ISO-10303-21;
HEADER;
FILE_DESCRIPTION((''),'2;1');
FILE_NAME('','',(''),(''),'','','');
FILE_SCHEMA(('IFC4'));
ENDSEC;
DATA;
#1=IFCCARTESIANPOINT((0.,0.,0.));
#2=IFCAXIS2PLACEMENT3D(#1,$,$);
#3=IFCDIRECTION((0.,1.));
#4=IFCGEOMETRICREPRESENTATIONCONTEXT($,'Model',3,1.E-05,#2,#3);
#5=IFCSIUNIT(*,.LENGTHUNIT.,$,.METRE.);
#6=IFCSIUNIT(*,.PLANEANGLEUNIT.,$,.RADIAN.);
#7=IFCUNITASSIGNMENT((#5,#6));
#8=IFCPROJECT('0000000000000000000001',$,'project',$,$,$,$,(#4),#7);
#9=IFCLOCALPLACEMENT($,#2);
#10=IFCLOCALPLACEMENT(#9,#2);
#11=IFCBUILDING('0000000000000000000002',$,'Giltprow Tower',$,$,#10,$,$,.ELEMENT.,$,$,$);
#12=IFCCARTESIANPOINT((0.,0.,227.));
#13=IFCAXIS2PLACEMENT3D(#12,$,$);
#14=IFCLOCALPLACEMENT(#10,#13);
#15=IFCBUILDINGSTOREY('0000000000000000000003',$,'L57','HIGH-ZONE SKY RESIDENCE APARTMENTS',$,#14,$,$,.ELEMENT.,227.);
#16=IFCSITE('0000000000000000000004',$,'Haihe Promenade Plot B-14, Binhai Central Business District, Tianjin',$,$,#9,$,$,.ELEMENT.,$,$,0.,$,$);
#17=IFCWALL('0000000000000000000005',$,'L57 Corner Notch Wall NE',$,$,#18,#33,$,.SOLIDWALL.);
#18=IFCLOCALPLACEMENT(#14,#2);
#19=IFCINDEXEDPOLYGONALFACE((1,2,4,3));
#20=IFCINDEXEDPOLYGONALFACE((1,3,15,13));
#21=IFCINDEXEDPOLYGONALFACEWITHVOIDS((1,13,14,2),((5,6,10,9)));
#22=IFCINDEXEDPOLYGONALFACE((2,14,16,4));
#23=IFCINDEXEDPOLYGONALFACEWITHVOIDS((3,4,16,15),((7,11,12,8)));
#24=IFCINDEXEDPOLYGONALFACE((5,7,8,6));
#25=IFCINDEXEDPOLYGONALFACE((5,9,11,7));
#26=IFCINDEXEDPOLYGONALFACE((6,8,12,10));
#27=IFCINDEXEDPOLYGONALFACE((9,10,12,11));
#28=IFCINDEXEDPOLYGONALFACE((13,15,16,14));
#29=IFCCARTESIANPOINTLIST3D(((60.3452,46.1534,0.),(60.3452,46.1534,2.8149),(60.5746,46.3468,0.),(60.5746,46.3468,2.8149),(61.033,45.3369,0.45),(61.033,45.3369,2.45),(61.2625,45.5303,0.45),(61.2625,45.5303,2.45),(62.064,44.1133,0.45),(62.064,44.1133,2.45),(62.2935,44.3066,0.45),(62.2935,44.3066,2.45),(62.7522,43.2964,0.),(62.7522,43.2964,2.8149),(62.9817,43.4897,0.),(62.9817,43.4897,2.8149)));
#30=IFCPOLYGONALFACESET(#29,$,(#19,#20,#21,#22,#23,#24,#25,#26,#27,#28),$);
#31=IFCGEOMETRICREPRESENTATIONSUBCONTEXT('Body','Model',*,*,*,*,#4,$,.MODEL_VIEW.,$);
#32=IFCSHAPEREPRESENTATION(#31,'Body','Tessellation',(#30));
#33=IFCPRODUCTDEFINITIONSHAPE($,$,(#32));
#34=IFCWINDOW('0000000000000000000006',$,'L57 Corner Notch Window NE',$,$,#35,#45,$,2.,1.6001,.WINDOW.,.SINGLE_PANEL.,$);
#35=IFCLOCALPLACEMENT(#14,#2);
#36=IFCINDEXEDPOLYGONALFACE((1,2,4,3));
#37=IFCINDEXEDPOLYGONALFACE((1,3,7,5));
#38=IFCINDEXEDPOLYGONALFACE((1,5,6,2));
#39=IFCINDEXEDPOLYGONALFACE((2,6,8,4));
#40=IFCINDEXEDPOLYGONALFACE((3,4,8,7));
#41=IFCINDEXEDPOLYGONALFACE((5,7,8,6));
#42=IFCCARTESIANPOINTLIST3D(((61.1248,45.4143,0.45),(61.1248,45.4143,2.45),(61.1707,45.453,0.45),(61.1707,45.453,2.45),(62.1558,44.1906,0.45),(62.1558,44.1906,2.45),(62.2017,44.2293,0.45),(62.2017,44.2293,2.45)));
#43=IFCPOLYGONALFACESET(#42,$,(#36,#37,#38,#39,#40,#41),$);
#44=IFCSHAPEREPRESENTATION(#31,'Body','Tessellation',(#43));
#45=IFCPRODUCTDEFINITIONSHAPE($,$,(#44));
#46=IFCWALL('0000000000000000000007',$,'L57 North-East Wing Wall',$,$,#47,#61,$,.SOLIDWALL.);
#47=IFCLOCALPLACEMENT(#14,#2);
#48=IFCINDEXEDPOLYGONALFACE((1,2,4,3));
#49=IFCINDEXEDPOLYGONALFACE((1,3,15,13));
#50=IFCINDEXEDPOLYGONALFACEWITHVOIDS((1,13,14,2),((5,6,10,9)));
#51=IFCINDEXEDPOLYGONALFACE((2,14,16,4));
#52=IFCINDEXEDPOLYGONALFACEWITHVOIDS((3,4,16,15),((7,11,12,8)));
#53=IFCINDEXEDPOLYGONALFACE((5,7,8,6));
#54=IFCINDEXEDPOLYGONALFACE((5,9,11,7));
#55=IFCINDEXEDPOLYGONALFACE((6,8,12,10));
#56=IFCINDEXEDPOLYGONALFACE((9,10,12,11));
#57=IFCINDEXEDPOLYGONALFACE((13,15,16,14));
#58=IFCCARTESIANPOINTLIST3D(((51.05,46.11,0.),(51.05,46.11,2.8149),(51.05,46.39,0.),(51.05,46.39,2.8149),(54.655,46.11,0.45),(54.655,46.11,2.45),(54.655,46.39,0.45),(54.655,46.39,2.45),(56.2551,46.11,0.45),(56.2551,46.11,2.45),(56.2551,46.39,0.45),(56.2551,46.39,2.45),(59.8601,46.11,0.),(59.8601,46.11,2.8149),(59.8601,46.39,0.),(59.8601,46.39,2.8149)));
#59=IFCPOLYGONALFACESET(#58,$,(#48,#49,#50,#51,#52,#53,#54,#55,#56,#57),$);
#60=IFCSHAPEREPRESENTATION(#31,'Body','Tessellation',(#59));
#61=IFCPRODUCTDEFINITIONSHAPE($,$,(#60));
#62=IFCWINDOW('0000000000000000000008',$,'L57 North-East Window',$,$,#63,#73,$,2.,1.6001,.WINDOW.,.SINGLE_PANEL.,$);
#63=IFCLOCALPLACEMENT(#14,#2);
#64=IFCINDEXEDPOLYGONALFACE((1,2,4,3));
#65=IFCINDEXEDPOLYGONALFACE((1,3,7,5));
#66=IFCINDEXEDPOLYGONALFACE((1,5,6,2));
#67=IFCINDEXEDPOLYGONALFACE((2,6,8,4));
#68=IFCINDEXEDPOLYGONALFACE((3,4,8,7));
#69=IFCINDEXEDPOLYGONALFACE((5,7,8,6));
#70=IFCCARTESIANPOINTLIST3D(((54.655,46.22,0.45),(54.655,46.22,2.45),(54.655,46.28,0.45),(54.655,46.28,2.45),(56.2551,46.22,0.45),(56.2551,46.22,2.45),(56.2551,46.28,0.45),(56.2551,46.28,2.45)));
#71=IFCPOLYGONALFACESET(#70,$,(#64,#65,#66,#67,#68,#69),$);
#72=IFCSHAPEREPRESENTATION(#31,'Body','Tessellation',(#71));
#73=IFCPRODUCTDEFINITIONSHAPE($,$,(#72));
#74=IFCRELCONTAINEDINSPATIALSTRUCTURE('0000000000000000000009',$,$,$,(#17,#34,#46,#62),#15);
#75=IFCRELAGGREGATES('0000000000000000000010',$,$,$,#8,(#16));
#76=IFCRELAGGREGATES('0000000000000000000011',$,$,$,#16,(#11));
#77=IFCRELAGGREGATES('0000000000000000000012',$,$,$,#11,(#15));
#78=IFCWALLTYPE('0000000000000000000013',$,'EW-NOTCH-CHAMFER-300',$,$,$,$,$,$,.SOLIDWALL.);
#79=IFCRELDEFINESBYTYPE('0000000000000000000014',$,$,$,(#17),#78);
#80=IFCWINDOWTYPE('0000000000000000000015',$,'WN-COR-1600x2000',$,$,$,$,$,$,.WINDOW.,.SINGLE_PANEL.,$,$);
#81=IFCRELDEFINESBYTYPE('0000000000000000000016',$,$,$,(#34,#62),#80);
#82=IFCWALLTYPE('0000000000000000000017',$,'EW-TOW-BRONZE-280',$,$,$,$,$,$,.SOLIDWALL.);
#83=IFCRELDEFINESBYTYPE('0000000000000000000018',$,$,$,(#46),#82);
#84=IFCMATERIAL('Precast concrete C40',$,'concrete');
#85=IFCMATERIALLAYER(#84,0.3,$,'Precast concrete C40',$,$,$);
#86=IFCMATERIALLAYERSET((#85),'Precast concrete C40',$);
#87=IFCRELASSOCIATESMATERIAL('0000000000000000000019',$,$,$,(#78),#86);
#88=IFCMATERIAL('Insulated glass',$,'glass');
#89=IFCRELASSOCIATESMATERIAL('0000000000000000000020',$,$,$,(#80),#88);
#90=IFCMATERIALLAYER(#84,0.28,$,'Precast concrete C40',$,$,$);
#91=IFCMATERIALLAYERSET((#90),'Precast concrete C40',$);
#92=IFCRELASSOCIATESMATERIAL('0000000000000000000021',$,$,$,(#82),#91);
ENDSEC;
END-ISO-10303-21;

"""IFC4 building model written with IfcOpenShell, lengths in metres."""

from ifc_helpers import new_model, si_unit, direction, frame, frame_2d, origin, place, context, subcontext, project, spatial, rectangle, extrude, source, transform, mapped, material, layer, layer_set, type_object, element, fill, save


model = new_model("IFC4")

# Units and contexts
model_context = context("Model", 3, precision=1e-05, world=origin(), true_north=direction((0.0, 1.0)))
body_context = subcontext(model_context, "Body", "Model", "MODEL_VIEW")
ifc_project = project(units=[si_unit("LENGTHUNIT", "METRE"), si_unit("PLANEANGLEUNIT", "RADIAN")], contexts=[model_context])

# Site, building, storey
site_placement = place(None, origin())
site = spatial("IfcSite", under=ifc_project, at=site_placement, Name="Haihe Promenade Plot B-14, Binhai Central Business District, Tianjin", CompositionType="ELEMENT", RefElevation=0.0)
building_placement = place(site_placement, origin())
building = spatial("IfcBuilding", under=site, at=building_placement, Name="Giltprow Tower", CompositionType="ELEMENT")
storey_placement = place(building_placement, frame((0.0, 0.0, 227.0)))
storey = spatial("IfcBuildingStorey", under=building, at=storey_placement, Name="L57", Description="HIGH-ZONE SKY RESIDENCE APARTMENTS", CompositionType="ELEMENT", Elevation=227.0)

# Walls, openings, windows
ifc_material_1 = material(Name="Precast concrete C40", Category="concrete")
ifc_layer_1 = layer(ifc_material_1, 0.3, Name="Precast concrete C40")
ifc_layer_set_1 = layer_set([ifc_layer_1], Name="Precast concrete C40")
wall_type_1 = type_object("IfcWallType", Name="EW-NOTCH-CHAMFER-300", PredefinedType="SOLIDWALL", material=ifc_layer_set_1)
wall_1_placement = place(storey_placement, frame((62.8669, 43.3931, 0.0), z_axis=(0.0, 0.0, 1.0), x_axis=(-0.644315, 0.76476, 0.0)))
wall_1 = element("IfcWall", 1, at=wall_1_placement, inside=storey, type_object=wall_type_1, Name="L57 Corner Notch Wall NE", PredefinedType="SOLIDWALL", context=body_context, shape_type="SweptSolid", body=[
    extrude(rectangle(XDim=3.7358, YDim=0.3, at=frame_2d((1.8679, 0.0))), origin(), (0.0, 0.0, 1.0), 2.8149),
])
opening_1_placement = place(wall_1_placement, frame((1.0681, 0.0, 0.45)))
opening_1 = element("IfcOpeningElement", 2, at=opening_1_placement, cuts=wall_1, PredefinedType="OPENING", context=body_context, shape_type="SweptSolid", body=[
    extrude(rectangle(XDim=1.6001, YDim=2.0, at=frame_2d((0.8, 1.0))), frame((0.0, 0.1599, 0.0), z_axis=(0.0, -1.0, 0.0), x_axis=(1.0, 0.0, 0.0)), (0.0, 0.0, 1.0), 0.3201),
])
ifc_material_2 = material(Name="Insulated glass", Category="glass")
window_type = type_object("IfcWindowType", Name="WN-COR-1600x2000", PartitioningType="SINGLE_PANEL", PredefinedType="WINDOW", material=ifc_material_2)
shared_shape_1 = source(origin(), body_context, "Body", "SweptSolid", [
    extrude(rectangle(XDim=1.6001, YDim=2.0, at=frame_2d((0.8, 1.0))), frame((0.0, 0.03, 0.0), z_axis=(0.0, -1.0, 0.0), x_axis=(1.0, 0.0, 0.0)), (0.0, 0.0, 1.0), 0.0601),
])
window_1_placement = place(opening_1_placement, origin())
window_1 = element("IfcWindow", 3, at=window_1_placement, inside=storey, type_object=window_type, Name="L57 Corner Notch Window NE", OverallHeight=2.0, OverallWidth=1.6001, PartitioningType="SINGLE_PANEL", PredefinedType="WINDOW", context=body_context, shape_type="MappedRepresentation", body=[
    mapped(shared_shape_1, transform((0.0, 0.0, 0.0), x_axis=(1.0, 0.0, 0.0), y_axis=(0.0, 1.0, 0.0), z_axis=(0.0, 0.0, 1.0), scale=1.0)),
])
fill(opening_1, window_1)
ifc_layer_2 = layer(ifc_material_1, 0.28, Name="Precast concrete C40")
ifc_layer_set_2 = layer_set([ifc_layer_2], Name="Precast concrete C40")
wall_type_2 = type_object("IfcWallType", Name="EW-TOW-BRONZE-280", PredefinedType="SOLIDWALL", material=ifc_layer_set_2)
wall_2_placement = place(storey_placement, frame((51.05, 46.25, 0.0), z_axis=(0.0, 0.0, 1.0), x_axis=(1.0, 0.0, 0.0)))
wall_2 = element("IfcWall", 4, at=wall_2_placement, inside=storey, type_object=wall_type_2, Name="L57 North-East Wing Wall", PredefinedType="SOLIDWALL", context=body_context, shape_type="SweptSolid", body=[
    extrude(rectangle(XDim=8.8101, YDim=0.28, at=frame_2d((4.405, 0.0))), origin(), (0.0, 0.0, 1.0), 2.8149),
])
opening_2_placement = place(wall_2_placement, frame((3.605, 0.0, 0.45)))
opening_2 = element("IfcOpeningElement", 5, at=opening_2_placement, cuts=wall_2, PredefinedType="OPENING", context=body_context, shape_type="SweptSolid", body=[
    extrude(rectangle(XDim=1.6001, YDim=2.0, at=frame_2d((0.8, 1.0))), frame((0.0, 0.1499, 0.0), z_axis=(0.0, -1.0, 0.0), x_axis=(1.0, 0.0, 0.0)), (0.0, 0.0, 1.0), 0.3),
])
window_2_placement = place(opening_2_placement, origin())
window_2 = element("IfcWindow", 6, at=window_2_placement, inside=storey, type_object=window_type, Name="L57 North-East Window", OverallHeight=2.0, OverallWidth=1.6001, PartitioningType="SINGLE_PANEL", PredefinedType="WINDOW", context=body_context, shape_type="MappedRepresentation", body=[
    mapped(shared_shape_1, transform((0.0, 0.0, 0.0), x_axis=(1.0, 0.0, 0.0), y_axis=(0.0, 1.0, 0.0), z_axis=(0.0, 0.0, 1.0), scale=1.0)),
])
fill(opening_2, window_2)

save(model, "model.ifc")
